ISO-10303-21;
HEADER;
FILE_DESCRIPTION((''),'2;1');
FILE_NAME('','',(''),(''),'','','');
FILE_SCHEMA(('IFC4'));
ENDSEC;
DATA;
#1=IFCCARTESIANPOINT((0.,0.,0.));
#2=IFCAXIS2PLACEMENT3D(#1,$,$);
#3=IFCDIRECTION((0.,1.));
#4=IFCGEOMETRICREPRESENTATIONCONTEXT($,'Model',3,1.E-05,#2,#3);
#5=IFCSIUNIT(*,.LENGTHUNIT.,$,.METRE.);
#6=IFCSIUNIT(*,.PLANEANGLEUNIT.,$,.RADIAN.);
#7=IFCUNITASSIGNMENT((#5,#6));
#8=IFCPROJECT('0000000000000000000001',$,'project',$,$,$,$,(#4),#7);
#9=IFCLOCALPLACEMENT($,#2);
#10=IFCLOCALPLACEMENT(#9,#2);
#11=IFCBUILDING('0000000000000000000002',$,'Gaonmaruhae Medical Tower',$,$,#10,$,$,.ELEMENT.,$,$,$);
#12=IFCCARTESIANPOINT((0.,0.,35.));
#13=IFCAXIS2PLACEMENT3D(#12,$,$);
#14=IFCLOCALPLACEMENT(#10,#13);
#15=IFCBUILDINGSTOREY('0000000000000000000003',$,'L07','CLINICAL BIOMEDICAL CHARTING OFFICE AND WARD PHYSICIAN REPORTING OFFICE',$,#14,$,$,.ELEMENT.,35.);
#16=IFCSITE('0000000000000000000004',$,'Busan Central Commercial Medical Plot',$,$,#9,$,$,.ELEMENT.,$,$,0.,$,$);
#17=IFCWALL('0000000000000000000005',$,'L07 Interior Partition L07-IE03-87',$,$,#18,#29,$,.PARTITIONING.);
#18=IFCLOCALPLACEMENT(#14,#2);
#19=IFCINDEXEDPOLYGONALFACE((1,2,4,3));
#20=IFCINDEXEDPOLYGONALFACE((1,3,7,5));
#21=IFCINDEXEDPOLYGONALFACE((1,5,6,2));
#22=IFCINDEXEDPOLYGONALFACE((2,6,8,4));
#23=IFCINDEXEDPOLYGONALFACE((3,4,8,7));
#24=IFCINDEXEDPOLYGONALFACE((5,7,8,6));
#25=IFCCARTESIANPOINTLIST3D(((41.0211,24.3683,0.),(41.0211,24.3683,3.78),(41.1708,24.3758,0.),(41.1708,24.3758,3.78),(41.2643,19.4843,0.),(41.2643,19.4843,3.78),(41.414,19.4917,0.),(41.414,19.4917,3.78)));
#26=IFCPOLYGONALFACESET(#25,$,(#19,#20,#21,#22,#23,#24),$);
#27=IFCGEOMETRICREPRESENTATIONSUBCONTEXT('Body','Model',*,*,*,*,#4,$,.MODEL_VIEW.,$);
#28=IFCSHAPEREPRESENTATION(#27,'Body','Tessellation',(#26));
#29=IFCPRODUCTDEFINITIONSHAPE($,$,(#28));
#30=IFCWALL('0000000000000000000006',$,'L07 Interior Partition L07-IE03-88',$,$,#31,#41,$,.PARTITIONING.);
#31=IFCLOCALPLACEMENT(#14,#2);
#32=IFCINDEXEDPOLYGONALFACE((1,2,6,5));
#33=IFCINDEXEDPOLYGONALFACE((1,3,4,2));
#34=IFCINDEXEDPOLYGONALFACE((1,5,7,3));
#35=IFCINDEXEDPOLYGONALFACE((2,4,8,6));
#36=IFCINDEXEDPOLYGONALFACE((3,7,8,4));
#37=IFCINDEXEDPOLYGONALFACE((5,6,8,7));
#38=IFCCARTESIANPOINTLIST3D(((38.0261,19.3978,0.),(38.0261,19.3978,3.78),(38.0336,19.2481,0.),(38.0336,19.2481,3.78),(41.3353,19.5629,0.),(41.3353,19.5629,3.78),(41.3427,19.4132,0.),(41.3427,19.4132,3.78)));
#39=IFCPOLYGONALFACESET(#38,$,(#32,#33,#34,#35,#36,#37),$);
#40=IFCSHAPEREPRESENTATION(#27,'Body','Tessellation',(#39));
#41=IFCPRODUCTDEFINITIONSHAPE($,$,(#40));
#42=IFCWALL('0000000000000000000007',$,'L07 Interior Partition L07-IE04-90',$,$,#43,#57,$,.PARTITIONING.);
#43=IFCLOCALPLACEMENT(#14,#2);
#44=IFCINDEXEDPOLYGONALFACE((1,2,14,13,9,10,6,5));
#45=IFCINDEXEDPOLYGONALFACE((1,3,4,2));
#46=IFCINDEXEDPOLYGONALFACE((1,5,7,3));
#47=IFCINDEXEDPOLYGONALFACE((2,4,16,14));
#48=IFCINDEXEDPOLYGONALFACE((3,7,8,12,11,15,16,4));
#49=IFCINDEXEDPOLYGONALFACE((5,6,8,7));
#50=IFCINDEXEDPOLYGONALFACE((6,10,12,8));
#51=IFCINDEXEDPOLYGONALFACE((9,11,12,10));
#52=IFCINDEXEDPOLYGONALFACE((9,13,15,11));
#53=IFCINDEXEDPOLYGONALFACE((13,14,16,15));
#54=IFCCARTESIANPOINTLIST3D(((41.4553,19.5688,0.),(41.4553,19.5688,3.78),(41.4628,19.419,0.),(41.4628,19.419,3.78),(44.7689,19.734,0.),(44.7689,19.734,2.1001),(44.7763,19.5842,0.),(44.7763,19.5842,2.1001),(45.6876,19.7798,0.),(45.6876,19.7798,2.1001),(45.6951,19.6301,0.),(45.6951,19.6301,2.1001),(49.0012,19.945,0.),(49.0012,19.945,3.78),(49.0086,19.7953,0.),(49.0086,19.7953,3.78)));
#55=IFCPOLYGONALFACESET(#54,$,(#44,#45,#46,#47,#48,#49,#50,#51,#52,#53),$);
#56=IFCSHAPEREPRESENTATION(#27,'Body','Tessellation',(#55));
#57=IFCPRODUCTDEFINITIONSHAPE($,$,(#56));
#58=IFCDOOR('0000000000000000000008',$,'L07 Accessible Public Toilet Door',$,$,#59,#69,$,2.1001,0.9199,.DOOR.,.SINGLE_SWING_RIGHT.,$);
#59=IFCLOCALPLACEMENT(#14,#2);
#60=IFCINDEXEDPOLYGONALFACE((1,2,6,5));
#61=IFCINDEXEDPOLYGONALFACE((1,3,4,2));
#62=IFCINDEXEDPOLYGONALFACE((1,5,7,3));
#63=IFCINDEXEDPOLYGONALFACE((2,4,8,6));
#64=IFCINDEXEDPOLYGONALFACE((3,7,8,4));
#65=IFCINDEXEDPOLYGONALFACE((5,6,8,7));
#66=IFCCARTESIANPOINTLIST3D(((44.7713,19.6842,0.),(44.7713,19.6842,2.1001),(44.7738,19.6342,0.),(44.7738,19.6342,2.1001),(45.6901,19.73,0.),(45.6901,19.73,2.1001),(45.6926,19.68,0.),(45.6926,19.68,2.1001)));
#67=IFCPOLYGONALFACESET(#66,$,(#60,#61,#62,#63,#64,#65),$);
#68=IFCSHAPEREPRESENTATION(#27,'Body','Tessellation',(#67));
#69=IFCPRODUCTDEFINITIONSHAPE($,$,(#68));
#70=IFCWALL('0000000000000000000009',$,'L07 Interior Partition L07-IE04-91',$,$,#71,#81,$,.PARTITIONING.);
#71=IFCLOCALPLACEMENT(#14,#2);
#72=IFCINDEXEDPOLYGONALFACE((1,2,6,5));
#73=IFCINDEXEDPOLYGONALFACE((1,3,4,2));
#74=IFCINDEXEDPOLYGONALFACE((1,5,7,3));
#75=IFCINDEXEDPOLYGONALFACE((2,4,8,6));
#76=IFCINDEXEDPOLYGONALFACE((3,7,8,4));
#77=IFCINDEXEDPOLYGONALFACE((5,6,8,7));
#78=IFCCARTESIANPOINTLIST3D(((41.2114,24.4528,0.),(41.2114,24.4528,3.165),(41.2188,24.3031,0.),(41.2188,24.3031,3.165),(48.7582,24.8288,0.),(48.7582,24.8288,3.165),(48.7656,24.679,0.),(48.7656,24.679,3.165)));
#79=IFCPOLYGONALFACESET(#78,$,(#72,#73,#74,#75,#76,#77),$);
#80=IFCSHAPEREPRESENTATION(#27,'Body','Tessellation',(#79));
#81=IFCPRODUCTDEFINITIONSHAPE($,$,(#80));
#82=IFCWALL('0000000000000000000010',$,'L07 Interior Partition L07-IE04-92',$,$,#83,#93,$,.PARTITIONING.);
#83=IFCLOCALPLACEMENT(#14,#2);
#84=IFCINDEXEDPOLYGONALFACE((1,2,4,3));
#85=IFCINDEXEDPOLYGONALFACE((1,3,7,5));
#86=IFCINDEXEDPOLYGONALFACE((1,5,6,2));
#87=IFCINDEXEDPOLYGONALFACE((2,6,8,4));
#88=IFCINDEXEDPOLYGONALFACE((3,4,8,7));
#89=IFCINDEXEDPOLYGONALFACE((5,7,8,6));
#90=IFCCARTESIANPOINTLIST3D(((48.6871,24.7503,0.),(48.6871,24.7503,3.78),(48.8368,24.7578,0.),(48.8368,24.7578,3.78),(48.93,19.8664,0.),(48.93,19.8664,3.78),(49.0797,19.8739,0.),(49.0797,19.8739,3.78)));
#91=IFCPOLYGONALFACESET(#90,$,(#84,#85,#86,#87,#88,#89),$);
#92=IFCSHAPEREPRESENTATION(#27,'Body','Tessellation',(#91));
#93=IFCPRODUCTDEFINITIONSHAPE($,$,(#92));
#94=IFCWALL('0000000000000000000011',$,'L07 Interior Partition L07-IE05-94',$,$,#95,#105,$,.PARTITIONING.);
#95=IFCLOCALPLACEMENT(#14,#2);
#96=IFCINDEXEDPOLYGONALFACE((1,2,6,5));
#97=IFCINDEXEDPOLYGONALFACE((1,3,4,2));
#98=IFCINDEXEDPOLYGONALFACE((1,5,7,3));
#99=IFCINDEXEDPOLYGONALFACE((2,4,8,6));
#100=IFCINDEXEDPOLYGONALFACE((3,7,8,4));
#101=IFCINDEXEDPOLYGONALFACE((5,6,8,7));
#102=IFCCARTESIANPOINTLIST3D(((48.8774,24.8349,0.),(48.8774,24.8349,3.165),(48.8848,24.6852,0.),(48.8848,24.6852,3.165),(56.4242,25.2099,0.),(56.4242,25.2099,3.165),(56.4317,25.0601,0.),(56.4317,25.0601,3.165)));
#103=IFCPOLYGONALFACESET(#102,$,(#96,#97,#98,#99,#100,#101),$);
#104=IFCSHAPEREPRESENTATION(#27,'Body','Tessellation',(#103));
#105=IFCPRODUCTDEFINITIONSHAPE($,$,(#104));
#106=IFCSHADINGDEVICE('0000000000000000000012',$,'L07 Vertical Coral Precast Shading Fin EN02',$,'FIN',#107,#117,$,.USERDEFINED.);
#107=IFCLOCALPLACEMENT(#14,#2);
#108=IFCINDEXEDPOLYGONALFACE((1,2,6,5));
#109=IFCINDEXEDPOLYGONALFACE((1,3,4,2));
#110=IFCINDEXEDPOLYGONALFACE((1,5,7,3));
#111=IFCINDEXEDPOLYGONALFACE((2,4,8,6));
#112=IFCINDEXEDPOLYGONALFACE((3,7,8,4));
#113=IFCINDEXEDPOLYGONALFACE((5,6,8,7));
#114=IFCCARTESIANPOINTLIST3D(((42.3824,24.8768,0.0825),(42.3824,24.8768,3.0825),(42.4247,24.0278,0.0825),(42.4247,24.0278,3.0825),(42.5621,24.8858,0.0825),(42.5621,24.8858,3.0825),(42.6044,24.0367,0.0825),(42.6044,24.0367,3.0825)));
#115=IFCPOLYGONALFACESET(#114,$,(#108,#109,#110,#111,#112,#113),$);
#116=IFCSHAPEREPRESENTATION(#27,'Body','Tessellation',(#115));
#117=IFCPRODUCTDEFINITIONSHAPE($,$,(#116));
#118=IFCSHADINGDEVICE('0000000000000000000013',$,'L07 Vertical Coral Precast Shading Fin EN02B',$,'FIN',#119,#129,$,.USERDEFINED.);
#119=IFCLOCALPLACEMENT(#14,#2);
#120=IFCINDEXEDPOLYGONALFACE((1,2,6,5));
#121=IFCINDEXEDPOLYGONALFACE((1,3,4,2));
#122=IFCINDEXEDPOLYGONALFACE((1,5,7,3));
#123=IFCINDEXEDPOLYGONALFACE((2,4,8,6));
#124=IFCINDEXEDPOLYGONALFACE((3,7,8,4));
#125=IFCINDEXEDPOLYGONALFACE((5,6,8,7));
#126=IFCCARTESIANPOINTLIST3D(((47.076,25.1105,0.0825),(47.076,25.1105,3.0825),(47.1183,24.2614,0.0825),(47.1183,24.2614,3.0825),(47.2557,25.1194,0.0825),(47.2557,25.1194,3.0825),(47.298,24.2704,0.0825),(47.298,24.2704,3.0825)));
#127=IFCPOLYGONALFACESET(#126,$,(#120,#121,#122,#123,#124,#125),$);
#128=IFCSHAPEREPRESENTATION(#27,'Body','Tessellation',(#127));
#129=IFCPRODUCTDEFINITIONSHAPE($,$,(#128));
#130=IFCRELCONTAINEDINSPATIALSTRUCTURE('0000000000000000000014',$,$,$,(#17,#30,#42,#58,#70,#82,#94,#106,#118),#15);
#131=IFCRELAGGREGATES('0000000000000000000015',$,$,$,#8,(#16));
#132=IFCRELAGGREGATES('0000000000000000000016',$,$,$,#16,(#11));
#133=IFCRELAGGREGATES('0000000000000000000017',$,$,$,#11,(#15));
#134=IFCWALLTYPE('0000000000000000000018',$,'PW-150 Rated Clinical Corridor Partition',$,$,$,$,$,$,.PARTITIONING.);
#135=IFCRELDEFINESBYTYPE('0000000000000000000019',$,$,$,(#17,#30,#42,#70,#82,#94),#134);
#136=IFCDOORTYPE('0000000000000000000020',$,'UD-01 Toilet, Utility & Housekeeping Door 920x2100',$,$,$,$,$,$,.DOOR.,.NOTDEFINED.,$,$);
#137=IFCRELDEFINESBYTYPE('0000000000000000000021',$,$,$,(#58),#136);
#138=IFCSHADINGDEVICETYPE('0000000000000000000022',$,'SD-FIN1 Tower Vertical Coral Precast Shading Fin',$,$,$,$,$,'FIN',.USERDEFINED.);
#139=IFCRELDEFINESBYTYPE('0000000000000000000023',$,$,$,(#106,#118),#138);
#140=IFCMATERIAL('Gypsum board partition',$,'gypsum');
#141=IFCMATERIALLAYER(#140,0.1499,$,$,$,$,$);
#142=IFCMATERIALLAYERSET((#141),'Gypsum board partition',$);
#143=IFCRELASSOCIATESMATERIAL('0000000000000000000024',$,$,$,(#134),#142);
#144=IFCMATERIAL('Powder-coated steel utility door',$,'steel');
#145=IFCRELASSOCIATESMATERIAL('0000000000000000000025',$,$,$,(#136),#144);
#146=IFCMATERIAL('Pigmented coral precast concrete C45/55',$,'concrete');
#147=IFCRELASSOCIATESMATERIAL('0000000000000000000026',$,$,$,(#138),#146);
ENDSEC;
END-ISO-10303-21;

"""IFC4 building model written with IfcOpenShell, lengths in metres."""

from ifc_helpers import new_model, si_unit, direction, frame, frame_2d, origin, origin_2d, place, context, subcontext, project, spatial, rectangle, extrude, material, layer, layer_set, type_object, element, fill, save


model = new_model("IFC4")

# Units and contexts
model_context = context("Model", 3, precision=1e-05, world=origin(), true_north=direction((0.0, 1.0)))
body_context = subcontext(model_context, "Body", "Model", "MODEL_VIEW")
ifc_project = project(units=[si_unit("LENGTHUNIT", "METRE"), si_unit("PLANEANGLEUNIT", "RADIAN")], contexts=[model_context])

# Site, building, storey
site_placement = place(None, origin())
site = spatial("IfcSite", under=ifc_project, at=site_placement, Name="Busan Central Commercial Medical Plot", CompositionType="ELEMENT", RefElevation=0.0)
building_placement = place(site_placement, origin())
building = spatial("IfcBuilding", under=site, at=building_placement, Name="Gaonmaruhae Medical Tower", CompositionType="ELEMENT")
storey_placement = place(building_placement, frame((0.0, 0.0, 35.0)))
storey = spatial("IfcBuildingStorey", under=building, at=storey_placement, Name="L07", Description="CLINICAL BIOMEDICAL CHARTING OFFICE AND WARD PHYSICIAN REPORTING OFFICE", CompositionType="ELEMENT", Elevation=35.0)

# Shared definitions
ifc_material_1 = material(Name="Gypsum board partition", Category="gypsum")
ifc_layer_1 = layer(ifc_material_1, 0.1499)
ifc_layer_set_1 = layer_set([ifc_layer_1], Name="Gypsum board partition")
wall_type_1 = type_object("IfcWallType", Name="PW-150 Rated Clinical Corridor Partition", PredefinedType="PARTITIONING", material=ifc_layer_set_1)

# Walls
wall_1_placement = place(storey_placement, frame((41.0959, 24.3721, 0.0), z_axis=(0.0, 0.0, 1.0), x_axis=(0.049726, -0.998763, 0.0)))
element("IfcWall", 1, at=wall_1_placement, inside=storey, type_object=wall_type_1, Name="L07 Interior Partition L07-IE03-87", PredefinedType="PARTITIONING", context=body_context, shape_type="SweptSolid", body=[
    extrude(rectangle(XDim=4.8901, YDim=0.1499, at=frame_2d((2.4451, 0.0))), origin(), (0.0, 0.0, 1.0), 3.78),
])
wall_2_placement = place(storey_placement, frame((41.3391, 19.488, 0.0), z_axis=(0.0, 0.0, 1.0), x_axis=(-0.998759, -0.049813, 0.0)))
element("IfcWall", 2, at=wall_2_placement, inside=storey, type_object=wall_type_1, Name="L07 Interior Partition L07-IE03-88", PredefinedType="PARTITIONING", context=body_context, shape_type="SweptSolid", body=[
    extrude(rectangle(XDim=3.3132, YDim=0.1499, at=frame_2d((1.6567, 0.0))), origin(), (0.0, 0.0, 1.0), 3.78),
])

# Wall, opening, door
wall_3_placement = place(storey_placement, frame((49.0049, 19.8701, 0.0), z_axis=(0.0, 0.0, 1.0), x_axis=(-0.998759, -0.049796, 0.0)))
wall_3 = element("IfcWall", 3, at=wall_3_placement, inside=storey, type_object=wall_type_1, Name="L07 Interior Partition L07-IE04-90", PredefinedType="PARTITIONING", context=body_context, shape_type="SweptSolid", body=[
    extrude(rectangle(XDim=7.5552, YDim=0.1499, at=frame_2d((3.7776, 0.0))), origin(), (0.0, 0.0, 1.0), 3.78),
])
opening_1_placement = place(wall_3_placement, frame((3.3176, 0.0, 0.0)))
opening_1 = element("IfcOpeningElement", 4, at=opening_1_placement, cuts=wall_3, PredefinedType="OPENING", context=body_context, shape_type="SweptSolid", body=[
    extrude(rectangle(XDim=0.9199, YDim=2.1001, at=frame_2d((0.46, 1.05))), frame((0.0, 0.085, 0.0), z_axis=(0.0, -1.0, 0.0), x_axis=(1.0, 0.0, 0.0)), (0.0, 0.0, 1.0), 0.1699),
])
ifc_material_2 = material(Name="Powder-coated steel utility door", Category="steel")
door_type_1 = type_object("IfcDoorType", Name="UD-01 Toilet, Utility & Housekeeping Door 920x2100", OperationType="NOTDEFINED", PredefinedType="DOOR", material=ifc_material_2)
door_1_placement = place(opening_1_placement, origin())
door_1 = element("IfcDoor", 5, at=door_1_placement, inside=storey, type_object=door_type_1, Name="L07 Accessible Public Toilet Door", OperationType="SINGLE_SWING_RIGHT", OverallHeight=2.1001, OverallWidth=0.9199, PredefinedType="DOOR", context=body_context, shape_type="SweptSolid", body=[
    extrude(rectangle(XDim=0.9199, YDim=2.1001, at=frame_2d((0.46, 1.05))), frame((0.0, 0.0249, 0.0), z_axis=(0.0, -1.0, 0.0), x_axis=(1.0, 0.0, 0.0)), (0.0, 0.0, 1.0), 0.05),
])
fill(opening_1, door_1)

# Walls
wall_4_placement = place(storey_placement, frame((41.2151, 24.3779, 0.0), z_axis=(0.0, 0.0, 1.0), x_axis=(0.998761, 0.049757, 0.0)))
element("IfcWall", 6, at=wall_4_placement, inside=storey, type_object=wall_type_1, Name="L07 Interior Partition L07-IE04-91", PredefinedType="PARTITIONING", context=body_context, shape_type="SweptSolid", body=[
    extrude(rectangle(XDim=7.5562, YDim=0.1499, at=frame_2d((3.7781, 0.0))), origin(), (0.0, 0.0, 1.0), 3.165),
])
wall_5_placement = place(storey_placement, frame((48.762, 24.7539, 0.0), z_axis=(0.0, 0.0, 1.0), x_axis=(0.049679, -0.998765, 0.0)))
element("IfcWall", 7, at=wall_5_placement, inside=storey, type_object=wall_type_1, Name="L07 Interior Partition L07-IE04-92", PredefinedType="PARTITIONING", context=body_context, shape_type="SweptSolid", body=[
    extrude(rectangle(XDim=4.8899, YDim=0.1499, at=frame_2d((2.4448, 0.0))), origin(), (0.0, 0.0, 1.0), 3.78),
])
wall_6_placement = place(storey_placement, frame((48.8811, 24.76, 0.0), z_axis=(0.0, 0.0, 1.0), x_axis=(0.998768, 0.049628, 0.0)))
element("IfcWall", 8, at=wall_6_placement, inside=storey, type_object=wall_type_1, Name="L07 Interior Partition L07-IE05-94", PredefinedType="PARTITIONING", context=body_context, shape_type="SweptSolid", body=[
    extrude(rectangle(XDim=7.5562, YDim=0.1499, at=frame_2d((3.7781, 0.0))), origin(), (0.0, 0.0, 1.0), 3.165),
])

# Shading devices
ifc_material_3 = material(Name="Pigmented coral precast concrete C45/55", Category="concrete")
shading_device_type = type_object("IfcShadingDeviceType", Name="SD-FIN1 Tower Vertical Coral Precast Shading Fin", ElementType="FIN", PredefinedType="USERDEFINED", material=ifc_material_3)
for number, where, z_axis, x_axis, name in (
    (9, (42.4934, 24.4568, 0.0825), (0.0, 0.0, 1.0), (0.998762, 0.049739, 0.0), "L07 Vertical Coral Precast Shading Fin EN02"),
    (10, (47.187, 24.6904, 0.0825), (0.0, 0.0, 1.0), (0.998762, 0.049739, 0.0), "L07 Vertical Coral Precast Shading Fin EN02B"),
):
    element("IfcShadingDevice", number, at=place(storey_placement, frame(where, z_axis=z_axis, x_axis=x_axis)), inside=storey, type_object=shading_device_type, Name=name, ObjectType="FIN", PredefinedType="USERDEFINED", context=body_context, shape_type="SweptSolid", body=[
        extrude(rectangle(XDim=0.1799, YDim=0.8501, at=origin_2d()), origin(), (0.0, 0.0, 1.0), 3.0),
    ])

save(model, "model.ifc")
